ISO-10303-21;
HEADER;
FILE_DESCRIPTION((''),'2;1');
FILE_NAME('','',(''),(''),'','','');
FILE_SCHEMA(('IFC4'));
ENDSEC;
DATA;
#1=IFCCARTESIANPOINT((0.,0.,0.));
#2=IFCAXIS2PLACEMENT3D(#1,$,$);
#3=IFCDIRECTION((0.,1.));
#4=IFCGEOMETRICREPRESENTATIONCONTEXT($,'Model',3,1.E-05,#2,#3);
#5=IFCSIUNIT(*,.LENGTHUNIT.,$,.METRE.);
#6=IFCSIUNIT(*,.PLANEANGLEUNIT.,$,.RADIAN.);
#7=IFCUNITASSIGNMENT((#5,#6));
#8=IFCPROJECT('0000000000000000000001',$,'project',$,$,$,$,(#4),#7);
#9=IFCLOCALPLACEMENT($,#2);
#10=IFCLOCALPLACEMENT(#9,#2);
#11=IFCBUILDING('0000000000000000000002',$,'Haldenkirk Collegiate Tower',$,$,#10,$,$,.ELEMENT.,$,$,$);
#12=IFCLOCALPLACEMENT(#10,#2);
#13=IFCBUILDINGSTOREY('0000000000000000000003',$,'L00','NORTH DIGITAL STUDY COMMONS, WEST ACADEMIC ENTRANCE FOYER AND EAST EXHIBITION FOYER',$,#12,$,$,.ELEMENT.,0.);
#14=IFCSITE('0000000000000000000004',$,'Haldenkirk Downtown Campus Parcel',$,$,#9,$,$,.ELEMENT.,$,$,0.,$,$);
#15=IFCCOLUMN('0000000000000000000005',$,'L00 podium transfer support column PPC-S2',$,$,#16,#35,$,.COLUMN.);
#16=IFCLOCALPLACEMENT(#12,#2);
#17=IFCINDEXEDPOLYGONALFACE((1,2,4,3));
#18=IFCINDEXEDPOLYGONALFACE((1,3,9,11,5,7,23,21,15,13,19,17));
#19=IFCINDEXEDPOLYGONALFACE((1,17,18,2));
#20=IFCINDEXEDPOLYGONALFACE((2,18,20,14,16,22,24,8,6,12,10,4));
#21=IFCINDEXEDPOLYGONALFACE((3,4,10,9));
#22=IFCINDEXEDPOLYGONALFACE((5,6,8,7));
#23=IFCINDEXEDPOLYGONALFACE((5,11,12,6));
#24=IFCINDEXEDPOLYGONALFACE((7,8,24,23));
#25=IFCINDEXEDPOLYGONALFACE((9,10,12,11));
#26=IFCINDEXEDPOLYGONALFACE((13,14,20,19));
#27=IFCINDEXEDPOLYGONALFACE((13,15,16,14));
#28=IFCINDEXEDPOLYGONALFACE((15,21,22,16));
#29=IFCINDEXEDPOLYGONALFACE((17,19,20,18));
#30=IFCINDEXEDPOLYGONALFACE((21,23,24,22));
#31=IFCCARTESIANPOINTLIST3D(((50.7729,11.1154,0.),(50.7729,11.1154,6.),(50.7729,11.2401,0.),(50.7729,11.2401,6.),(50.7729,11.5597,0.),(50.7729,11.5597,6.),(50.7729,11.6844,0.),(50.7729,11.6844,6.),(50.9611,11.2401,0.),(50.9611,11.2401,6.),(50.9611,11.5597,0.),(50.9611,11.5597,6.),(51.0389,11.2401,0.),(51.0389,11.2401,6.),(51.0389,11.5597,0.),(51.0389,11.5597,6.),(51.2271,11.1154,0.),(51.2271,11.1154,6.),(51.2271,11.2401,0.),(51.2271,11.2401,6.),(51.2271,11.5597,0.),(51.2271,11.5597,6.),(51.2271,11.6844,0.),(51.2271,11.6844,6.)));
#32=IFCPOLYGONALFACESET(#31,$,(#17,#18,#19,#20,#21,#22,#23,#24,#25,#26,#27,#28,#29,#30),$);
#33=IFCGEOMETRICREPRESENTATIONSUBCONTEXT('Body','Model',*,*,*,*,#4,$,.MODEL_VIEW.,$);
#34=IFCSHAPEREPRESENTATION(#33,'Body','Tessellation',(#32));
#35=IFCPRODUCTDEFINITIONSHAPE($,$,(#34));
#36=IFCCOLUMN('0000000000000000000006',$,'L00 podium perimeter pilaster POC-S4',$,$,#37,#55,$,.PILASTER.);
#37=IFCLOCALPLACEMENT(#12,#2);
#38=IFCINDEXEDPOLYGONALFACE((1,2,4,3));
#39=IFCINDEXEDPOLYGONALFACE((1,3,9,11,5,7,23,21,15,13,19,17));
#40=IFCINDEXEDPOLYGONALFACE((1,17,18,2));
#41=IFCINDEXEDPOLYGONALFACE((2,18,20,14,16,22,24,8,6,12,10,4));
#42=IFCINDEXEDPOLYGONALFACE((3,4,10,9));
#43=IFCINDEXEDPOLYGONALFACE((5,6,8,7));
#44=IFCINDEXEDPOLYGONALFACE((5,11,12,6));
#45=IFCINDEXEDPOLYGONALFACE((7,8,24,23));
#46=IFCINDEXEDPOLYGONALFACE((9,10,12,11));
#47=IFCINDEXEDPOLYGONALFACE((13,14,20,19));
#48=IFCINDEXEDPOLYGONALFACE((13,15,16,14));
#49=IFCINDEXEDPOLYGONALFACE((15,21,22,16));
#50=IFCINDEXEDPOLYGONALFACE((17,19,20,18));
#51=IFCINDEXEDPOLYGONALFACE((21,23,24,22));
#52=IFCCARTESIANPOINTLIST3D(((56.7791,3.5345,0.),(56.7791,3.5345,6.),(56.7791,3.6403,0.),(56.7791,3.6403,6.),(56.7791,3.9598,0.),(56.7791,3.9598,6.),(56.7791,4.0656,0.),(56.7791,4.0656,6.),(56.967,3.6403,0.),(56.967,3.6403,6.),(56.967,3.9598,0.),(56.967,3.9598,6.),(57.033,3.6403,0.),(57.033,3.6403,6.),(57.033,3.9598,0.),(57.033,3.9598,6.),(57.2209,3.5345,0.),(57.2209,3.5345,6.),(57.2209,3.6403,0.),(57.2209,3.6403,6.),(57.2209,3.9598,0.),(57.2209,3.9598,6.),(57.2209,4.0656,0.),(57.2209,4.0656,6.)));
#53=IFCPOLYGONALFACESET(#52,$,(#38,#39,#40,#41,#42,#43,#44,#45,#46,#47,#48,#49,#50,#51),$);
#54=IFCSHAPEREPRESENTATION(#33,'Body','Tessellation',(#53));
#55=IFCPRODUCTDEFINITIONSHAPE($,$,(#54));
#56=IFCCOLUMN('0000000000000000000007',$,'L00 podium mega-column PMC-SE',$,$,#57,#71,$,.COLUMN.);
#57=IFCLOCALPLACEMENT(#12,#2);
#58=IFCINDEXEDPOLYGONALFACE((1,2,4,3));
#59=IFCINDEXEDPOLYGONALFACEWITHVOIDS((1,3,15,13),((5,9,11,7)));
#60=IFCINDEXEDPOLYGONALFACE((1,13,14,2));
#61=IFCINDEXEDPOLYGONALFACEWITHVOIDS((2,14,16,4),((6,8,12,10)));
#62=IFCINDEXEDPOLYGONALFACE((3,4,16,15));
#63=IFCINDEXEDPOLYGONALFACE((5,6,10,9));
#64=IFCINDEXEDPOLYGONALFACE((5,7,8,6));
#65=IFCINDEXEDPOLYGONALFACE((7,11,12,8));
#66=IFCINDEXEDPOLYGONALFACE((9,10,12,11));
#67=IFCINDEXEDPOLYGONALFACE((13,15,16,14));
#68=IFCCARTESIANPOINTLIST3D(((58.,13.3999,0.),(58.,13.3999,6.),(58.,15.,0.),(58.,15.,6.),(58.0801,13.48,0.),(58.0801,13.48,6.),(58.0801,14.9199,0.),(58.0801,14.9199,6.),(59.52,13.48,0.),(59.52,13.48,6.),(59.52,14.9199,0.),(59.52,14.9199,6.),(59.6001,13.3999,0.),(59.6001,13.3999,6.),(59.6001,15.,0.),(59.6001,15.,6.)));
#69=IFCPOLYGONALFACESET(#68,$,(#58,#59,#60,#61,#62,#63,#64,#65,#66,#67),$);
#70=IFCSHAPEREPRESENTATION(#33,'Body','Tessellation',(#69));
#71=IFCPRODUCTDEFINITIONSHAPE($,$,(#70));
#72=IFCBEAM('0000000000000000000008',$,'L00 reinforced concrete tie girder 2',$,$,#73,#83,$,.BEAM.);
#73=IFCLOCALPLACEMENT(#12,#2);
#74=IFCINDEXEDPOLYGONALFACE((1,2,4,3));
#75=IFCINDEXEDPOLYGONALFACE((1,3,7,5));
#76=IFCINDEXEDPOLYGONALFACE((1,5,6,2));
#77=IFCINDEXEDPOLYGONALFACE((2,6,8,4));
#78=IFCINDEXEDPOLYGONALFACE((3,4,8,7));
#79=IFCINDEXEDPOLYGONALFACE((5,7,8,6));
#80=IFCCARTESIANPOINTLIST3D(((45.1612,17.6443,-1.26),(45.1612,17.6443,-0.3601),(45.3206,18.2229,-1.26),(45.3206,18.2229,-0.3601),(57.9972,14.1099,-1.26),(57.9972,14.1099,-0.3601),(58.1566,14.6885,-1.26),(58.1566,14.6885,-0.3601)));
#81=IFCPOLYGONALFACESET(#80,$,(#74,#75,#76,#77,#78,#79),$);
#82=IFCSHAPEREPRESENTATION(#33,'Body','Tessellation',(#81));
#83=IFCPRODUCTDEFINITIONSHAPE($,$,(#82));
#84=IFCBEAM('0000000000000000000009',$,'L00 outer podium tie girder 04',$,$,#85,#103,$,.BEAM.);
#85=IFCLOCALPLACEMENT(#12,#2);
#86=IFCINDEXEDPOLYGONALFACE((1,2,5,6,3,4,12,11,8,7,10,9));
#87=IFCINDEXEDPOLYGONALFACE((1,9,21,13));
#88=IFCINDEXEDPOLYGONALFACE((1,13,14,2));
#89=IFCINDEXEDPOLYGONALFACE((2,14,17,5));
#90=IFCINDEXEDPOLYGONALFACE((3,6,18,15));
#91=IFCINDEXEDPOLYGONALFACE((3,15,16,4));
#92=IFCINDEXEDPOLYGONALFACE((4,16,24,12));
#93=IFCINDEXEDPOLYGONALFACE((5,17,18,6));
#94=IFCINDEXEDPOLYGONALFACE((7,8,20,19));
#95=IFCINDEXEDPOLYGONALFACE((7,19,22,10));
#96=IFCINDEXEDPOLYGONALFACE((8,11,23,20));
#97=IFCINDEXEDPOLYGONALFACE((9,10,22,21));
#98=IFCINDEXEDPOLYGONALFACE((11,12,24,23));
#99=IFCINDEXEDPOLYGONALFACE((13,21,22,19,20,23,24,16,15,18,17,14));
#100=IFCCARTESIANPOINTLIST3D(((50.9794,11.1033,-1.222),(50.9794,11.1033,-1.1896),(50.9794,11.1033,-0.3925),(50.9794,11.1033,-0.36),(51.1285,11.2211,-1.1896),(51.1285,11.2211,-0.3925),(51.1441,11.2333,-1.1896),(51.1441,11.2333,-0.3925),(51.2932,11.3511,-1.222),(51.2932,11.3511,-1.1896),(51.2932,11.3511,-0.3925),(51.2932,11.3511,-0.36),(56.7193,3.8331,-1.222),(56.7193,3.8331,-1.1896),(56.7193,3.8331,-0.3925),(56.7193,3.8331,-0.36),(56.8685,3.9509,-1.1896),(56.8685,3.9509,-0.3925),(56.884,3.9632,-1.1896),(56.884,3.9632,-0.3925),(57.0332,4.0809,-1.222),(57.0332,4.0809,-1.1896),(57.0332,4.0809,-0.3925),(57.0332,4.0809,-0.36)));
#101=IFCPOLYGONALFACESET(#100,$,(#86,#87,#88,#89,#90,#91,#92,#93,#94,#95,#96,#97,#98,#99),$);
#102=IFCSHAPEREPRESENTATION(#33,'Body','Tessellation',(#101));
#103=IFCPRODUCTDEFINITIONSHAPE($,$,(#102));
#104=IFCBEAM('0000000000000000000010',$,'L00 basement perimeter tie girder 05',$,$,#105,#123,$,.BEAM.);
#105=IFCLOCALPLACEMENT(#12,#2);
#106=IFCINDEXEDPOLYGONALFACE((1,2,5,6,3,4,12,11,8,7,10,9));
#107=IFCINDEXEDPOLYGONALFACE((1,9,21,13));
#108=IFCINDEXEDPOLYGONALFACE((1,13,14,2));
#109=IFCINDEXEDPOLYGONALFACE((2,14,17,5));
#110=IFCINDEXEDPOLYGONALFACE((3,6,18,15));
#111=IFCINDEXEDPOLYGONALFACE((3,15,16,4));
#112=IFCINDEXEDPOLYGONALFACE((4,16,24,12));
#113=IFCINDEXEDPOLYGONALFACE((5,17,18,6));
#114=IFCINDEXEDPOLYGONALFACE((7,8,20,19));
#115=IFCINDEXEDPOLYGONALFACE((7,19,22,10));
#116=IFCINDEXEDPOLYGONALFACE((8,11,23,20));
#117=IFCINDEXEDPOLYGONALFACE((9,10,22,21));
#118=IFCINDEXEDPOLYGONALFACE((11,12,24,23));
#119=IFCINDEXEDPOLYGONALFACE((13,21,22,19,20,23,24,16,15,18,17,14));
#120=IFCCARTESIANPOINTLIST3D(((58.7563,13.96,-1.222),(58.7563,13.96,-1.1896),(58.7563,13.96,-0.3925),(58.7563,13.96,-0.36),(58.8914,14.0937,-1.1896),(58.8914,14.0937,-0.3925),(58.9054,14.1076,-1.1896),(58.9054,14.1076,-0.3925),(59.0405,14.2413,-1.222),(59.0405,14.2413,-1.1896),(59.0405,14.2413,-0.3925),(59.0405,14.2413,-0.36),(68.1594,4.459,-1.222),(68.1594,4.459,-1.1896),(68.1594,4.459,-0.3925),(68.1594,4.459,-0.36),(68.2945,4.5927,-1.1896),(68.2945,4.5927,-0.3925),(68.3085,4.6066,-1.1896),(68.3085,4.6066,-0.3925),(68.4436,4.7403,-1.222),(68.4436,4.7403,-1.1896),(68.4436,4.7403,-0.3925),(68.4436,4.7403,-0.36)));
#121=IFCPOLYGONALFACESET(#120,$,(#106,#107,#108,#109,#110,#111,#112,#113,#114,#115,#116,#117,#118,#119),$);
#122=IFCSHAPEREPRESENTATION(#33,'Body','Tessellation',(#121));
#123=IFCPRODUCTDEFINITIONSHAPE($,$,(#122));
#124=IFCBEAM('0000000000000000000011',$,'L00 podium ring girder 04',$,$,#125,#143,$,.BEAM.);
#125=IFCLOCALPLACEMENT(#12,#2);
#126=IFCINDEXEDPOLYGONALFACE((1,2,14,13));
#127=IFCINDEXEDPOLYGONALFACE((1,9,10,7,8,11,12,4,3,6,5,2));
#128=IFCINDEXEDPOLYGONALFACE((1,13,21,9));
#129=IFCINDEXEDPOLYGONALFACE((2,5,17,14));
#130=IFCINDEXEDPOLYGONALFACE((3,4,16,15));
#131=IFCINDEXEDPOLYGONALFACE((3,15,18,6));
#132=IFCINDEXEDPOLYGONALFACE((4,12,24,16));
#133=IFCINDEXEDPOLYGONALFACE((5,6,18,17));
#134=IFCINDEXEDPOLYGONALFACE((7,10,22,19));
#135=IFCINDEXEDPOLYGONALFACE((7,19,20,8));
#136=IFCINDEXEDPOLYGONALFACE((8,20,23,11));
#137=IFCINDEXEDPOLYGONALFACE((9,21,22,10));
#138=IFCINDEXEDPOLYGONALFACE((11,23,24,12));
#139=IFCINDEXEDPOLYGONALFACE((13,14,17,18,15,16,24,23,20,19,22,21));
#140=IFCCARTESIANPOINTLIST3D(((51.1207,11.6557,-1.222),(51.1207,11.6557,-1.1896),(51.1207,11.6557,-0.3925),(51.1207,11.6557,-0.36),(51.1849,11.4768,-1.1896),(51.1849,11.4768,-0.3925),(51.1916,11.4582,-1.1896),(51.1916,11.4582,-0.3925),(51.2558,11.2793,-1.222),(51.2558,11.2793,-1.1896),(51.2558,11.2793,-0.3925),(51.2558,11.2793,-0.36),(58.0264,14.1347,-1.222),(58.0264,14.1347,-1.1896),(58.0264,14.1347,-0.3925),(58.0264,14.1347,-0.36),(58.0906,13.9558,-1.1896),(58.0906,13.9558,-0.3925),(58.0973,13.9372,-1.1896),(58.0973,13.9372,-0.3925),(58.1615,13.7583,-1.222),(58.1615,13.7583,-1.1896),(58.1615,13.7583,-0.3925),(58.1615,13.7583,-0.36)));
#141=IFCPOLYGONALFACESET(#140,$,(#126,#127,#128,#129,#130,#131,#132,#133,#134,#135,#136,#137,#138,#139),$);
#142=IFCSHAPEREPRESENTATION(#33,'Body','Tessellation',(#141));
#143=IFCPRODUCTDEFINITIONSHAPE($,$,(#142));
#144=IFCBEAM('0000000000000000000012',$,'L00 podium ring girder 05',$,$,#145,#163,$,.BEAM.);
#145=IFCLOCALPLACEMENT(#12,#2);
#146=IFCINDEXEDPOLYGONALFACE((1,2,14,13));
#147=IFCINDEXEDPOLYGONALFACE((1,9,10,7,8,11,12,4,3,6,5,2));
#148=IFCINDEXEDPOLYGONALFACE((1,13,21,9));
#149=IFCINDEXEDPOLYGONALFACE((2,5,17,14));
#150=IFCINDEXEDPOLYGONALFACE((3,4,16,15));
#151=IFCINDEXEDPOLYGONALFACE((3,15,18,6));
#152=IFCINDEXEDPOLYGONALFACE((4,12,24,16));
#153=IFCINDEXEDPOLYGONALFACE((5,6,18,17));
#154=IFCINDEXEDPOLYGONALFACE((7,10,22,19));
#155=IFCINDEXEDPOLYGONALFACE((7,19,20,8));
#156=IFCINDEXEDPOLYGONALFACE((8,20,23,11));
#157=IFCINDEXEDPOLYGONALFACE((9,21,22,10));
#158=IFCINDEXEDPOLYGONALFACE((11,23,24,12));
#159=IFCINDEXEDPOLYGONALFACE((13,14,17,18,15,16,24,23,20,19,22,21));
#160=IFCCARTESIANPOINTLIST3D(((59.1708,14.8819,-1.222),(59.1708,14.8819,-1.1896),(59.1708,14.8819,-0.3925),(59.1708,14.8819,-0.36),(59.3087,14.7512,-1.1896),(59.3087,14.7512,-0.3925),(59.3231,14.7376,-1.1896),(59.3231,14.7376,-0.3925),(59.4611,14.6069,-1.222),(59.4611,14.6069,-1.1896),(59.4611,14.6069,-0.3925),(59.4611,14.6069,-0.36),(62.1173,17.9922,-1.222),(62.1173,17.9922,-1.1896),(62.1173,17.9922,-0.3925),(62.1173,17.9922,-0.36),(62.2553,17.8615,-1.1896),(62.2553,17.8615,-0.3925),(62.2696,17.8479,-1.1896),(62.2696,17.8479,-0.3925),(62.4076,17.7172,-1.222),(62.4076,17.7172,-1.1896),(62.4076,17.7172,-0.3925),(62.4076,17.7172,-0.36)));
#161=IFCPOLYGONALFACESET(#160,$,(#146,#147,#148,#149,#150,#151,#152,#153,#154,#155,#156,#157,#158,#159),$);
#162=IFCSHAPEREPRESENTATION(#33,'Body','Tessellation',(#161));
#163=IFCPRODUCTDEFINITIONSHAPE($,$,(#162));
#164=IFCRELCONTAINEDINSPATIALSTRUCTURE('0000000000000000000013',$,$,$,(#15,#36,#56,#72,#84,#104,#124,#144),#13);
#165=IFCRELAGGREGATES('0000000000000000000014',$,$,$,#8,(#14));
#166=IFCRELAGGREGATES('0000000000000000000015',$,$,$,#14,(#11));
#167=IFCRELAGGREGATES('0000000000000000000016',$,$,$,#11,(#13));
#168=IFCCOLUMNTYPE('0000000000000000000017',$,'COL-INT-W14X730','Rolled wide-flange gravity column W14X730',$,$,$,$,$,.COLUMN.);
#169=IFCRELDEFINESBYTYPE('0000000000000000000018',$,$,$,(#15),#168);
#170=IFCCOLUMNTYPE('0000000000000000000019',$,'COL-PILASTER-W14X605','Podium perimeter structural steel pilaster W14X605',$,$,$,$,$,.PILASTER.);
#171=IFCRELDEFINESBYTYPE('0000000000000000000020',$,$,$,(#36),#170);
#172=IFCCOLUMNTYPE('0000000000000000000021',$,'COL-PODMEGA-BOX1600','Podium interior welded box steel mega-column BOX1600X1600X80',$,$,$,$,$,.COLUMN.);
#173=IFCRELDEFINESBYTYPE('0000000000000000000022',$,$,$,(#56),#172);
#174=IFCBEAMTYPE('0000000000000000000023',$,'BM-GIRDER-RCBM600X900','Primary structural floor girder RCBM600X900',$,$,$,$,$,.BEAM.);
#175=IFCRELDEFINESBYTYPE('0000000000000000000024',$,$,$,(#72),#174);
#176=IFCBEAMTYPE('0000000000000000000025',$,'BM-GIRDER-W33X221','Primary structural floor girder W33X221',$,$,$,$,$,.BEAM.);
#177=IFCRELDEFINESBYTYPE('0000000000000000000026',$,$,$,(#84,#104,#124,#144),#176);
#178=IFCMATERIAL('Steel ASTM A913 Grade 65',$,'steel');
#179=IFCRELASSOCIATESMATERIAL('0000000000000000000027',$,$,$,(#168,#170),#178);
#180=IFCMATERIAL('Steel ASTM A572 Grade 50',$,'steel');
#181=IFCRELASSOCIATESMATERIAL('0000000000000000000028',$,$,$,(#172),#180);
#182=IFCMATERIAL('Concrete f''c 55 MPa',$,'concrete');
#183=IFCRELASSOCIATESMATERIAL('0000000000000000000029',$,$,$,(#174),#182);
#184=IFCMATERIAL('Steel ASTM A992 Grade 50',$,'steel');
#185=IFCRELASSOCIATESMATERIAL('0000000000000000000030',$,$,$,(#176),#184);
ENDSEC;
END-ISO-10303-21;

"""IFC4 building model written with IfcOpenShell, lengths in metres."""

from ifc_helpers import new_model, si_unit, direction, frame, origin, origin_2d, place, context, subcontext, project, spatial, rectangle, hollow_rectangle, i_section, extrude, material, material_profile, profile_set, type_object, element, save


model = new_model("IFC4")

# Units and contexts
model_context = context("Model", 3, precision=1e-05, world=origin(), true_north=direction((0.0, 1.0)))
body_context = subcontext(model_context, "Body", "Model", "MODEL_VIEW")
ifc_project = project(units=[si_unit("LENGTHUNIT", "METRE"), si_unit("PLANEANGLEUNIT", "RADIAN")], contexts=[model_context])

# Site, building, storey
site_placement = place(None, origin())
site = spatial("IfcSite", under=ifc_project, at=site_placement, Name="Haldenkirk Downtown Campus Parcel", CompositionType="ELEMENT", RefElevation=0.0)
building_placement = place(site_placement, origin())
building = spatial("IfcBuilding", under=site, at=building_placement, Name="Haldenkirk Collegiate Tower", CompositionType="ELEMENT")
storey_placement = place(building_placement, origin())
storey = spatial("IfcBuildingStorey", under=building, at=storey_placement, Name="L00", Description="NORTH DIGITAL STUDY COMMONS, WEST ACADEMIC ENTRANCE FOYER AND EAST EXHIBITION FOYER", CompositionType="ELEMENT", Elevation=0.0)

# Columns
ifc_material_1 = material(Name="Steel ASTM A913 Grade 65", Category="steel")
ifc_material_profile_1 = material_profile(ifc_material_1, i_section(OverallWidth=0.4541, OverallDepth=0.5691, WebThickness=0.0779, FlangeThickness=0.1248, at=origin_2d()), Name="W14X730")
ifc_profile_set_1 = profile_set([ifc_material_profile_1], Name="Steel ASTM A913 Grade 65")
column_type_1 = type_object("IfcColumnType", Name="COL-INT-W14X730", Description="Rolled wide-flange gravity column W14X730", PredefinedType="COLUMN", material=ifc_profile_set_1)
column_1_placement = place(storey_placement, frame((51.0, 11.3999, 0.0), z_axis=(0.0, 0.0, 1.0), x_axis=(1.0, 0.0, 0.0)))
element("IfcColumn", 1, at=column_1_placement, inside=storey, type_object=column_type_1, Name="L00 podium transfer support column PPC-S2", PredefinedType="COLUMN", context=body_context, shape_type="SweptSolid", body=[
    extrude(i_section(OverallWidth=0.4541, OverallDepth=0.5691, WebThickness=0.0779, FlangeThickness=0.1248, at=origin_2d()), origin(), (0.0, 0.0, 1.0), 6.0),
])
ifc_material_profile_2 = material_profile(ifc_material_1, i_section(OverallWidth=0.4419, OverallDepth=0.531, WebThickness=0.0659, FlangeThickness=0.1057, at=origin_2d()), Name="W14X605")
ifc_profile_set_2 = profile_set([ifc_material_profile_2], Name="Steel ASTM A913 Grade 65")
column_type_2 = type_object("IfcColumnType", Name="COL-PILASTER-W14X605", Description="Podium perimeter structural steel pilaster W14X605", PredefinedType="PILASTER", material=ifc_profile_set_2)
column_2_placement = place(storey_placement, frame((57.0, 3.8, 0.0), z_axis=(0.0, 0.0, 1.0), x_axis=(1.0, 0.0, 0.0)))
element("IfcColumn", 2, at=column_2_placement, inside=storey, type_object=column_type_2, Name="L00 podium perimeter pilaster POC-S4", PredefinedType="PILASTER", context=body_context, shape_type="SweptSolid", body=[
    extrude(i_section(OverallWidth=0.4419, OverallDepth=0.531, WebThickness=0.0659, FlangeThickness=0.1057, at=origin_2d()), origin(), (0.0, 0.0, 1.0), 6.0),
])
ifc_material_2 = material(Name="Steel ASTM A572 Grade 50", Category="steel")
ifc_material_profile_3 = material_profile(ifc_material_2, hollow_rectangle(XDim=1.6001, YDim=1.6001, WallThickness=0.0801, at=origin_2d()), Name="BOX1600X1600X80")
ifc_profile_set_3 = profile_set([ifc_material_profile_3], Name="Steel ASTM A572 Grade 50")
column_type_3 = type_object("IfcColumnType", Name="COL-PODMEGA-BOX1600", Description="Podium interior welded box steel mega-column BOX1600X1600X80", PredefinedType="COLUMN", material=ifc_profile_set_3)
column_3_placement = place(storey_placement, frame((58.8, 14.2, 0.0), z_axis=(0.0, 0.0, 1.0), x_axis=(1.0, 0.0, 0.0)))
element("IfcColumn", 3, at=column_3_placement, inside=storey, type_object=column_type_3, Name="L00 podium mega-column PMC-SE", PredefinedType="COLUMN", context=body_context, shape_type="SweptSolid", body=[
    extrude(hollow_rectangle(XDim=1.6001, YDim=1.6001, WallThickness=0.0801, at=origin_2d()), origin(), (0.0, 0.0, 1.0), 6.0),
])

# Beams
ifc_material_3 = material(Name="Concrete f'c 55 MPa", Category="concrete")
ifc_material_profile_4 = material_profile(ifc_material_3, rectangle(XDim=0.6001, YDim=0.8999, at=origin_2d()), Name="RCBM600X900")
ifc_profile_set_4 = profile_set([ifc_material_profile_4], Name="Concrete f'c 55 MPa")
beam_type_1 = type_object("IfcBeamType", Name="BM-GIRDER-RCBM600X900", Description="Primary structural floor girder RCBM600X900", PredefinedType="BEAM", material=ifc_profile_set_4)
beam_1_placement = place(storey_placement, frame((58.0769, 14.3992, -0.8101), z_axis=(-0.964118, 0.265474, 0.0), x_axis=(-0.265474, -0.964118, 0.0)))
element("IfcBeam", 4, at=beam_1_placement, inside=storey, type_object=beam_type_1, Name="L00 reinforced concrete tie girder 2", PredefinedType="BEAM", context=body_context, shape_type="SweptSolid", body=[
    extrude(rectangle(XDim=0.6001, YDim=0.8999, at=origin_2d()), origin(), (0.0, 0.0, 1.0), 13.3137),
])
ifc_material_4 = material(Name="Steel ASTM A992 Grade 50", Category="steel")
ifc_material_profile_5 = material_profile(ifc_material_4, i_section(OverallWidth=0.3999, OverallDepth=0.8621, WebThickness=0.0198, FlangeThickness=0.0325, at=origin_2d()), Name="W33X221")
ifc_profile_set_5 = profile_set([ifc_material_profile_5], Name="Steel ASTM A992 Grade 50")
beam_type_2 = type_object("IfcBeamType", Name="BM-GIRDER-W33X221", Description="Primary structural floor girder W33X221", PredefinedType="BEAM", material=ifc_profile_set_5)
beam_2_placement = place(storey_placement, frame((56.8762, 3.957, -0.791), z_axis=(-0.619665, 0.784867, 0.0), x_axis=(-0.784867, -0.619665, 0.0)))
element("IfcBeam", 5, at=beam_2_placement, inside=storey, type_object=beam_type_2, Name="L00 outer podium tie girder 04", PredefinedType="BEAM", context=body_context, shape_type="SweptSolid", body=[
    extrude(i_section(OverallWidth=0.3999, OverallDepth=0.8621, WebThickness=0.0198, FlangeThickness=0.0325, at=origin_2d()), origin(), (0.0, 0.0, 1.0), 9.2629),
])
beam_3_placement = place(storey_placement, frame((68.3015, 4.5996, -0.791), z_axis=(-0.703435, 0.710759, 0.0), x_axis=(-0.710759, -0.703435, 0.0)))
element("IfcBeam", 6, at=beam_3_placement, inside=storey, type_object=beam_type_2, Name="L00 basement perimeter tie girder 05", PredefinedType="BEAM", context=body_context, shape_type="SweptSolid", body=[
    extrude(i_section(OverallWidth=0.3999, OverallDepth=0.8621, WebThickness=0.0198, FlangeThickness=0.0325, at=origin_2d()), origin(), (0.0, 0.0, 1.0), 13.3674),
])
beam_4_placement = place(storey_placement, frame((51.1882, 11.4675, -0.791), z_axis=(0.941194, 0.337866, 0.0), x_axis=(-0.337866, 0.941194, 0.0)))
element("IfcBeam", 7, at=beam_4_placement, inside=storey, type_object=beam_type_2, Name="L00 podium ring girder 04", PredefinedType="BEAM", context=body_context, shape_type="SweptSolid", body=[
    extrude(i_section(OverallWidth=0.3999, OverallDepth=0.8621, WebThickness=0.0198, FlangeThickness=0.0325, at=origin_2d()), origin(), (0.0, 0.0, 1.0), 7.3372),
])
beam_5_placement = place(storey_placement, frame((59.3159, 14.7444, -0.791), z_axis=(0.68773, 0.725966, 0.0), x_axis=(-0.725966, 0.68773, 0.0)))
element("IfcBeam", 8, at=beam_5_placement, inside=storey, type_object=beam_type_2, Name="L00 podium ring girder 05", PredefinedType="BEAM", context=body_context, shape_type="SweptSolid", body=[
    extrude(i_section(OverallWidth=0.3999, OverallDepth=0.8621, WebThickness=0.0198, FlangeThickness=0.0325, at=origin_2d()), origin(), (0.0, 0.0, 1.0), 4.2844),
])

save(model, "model.ifc")
